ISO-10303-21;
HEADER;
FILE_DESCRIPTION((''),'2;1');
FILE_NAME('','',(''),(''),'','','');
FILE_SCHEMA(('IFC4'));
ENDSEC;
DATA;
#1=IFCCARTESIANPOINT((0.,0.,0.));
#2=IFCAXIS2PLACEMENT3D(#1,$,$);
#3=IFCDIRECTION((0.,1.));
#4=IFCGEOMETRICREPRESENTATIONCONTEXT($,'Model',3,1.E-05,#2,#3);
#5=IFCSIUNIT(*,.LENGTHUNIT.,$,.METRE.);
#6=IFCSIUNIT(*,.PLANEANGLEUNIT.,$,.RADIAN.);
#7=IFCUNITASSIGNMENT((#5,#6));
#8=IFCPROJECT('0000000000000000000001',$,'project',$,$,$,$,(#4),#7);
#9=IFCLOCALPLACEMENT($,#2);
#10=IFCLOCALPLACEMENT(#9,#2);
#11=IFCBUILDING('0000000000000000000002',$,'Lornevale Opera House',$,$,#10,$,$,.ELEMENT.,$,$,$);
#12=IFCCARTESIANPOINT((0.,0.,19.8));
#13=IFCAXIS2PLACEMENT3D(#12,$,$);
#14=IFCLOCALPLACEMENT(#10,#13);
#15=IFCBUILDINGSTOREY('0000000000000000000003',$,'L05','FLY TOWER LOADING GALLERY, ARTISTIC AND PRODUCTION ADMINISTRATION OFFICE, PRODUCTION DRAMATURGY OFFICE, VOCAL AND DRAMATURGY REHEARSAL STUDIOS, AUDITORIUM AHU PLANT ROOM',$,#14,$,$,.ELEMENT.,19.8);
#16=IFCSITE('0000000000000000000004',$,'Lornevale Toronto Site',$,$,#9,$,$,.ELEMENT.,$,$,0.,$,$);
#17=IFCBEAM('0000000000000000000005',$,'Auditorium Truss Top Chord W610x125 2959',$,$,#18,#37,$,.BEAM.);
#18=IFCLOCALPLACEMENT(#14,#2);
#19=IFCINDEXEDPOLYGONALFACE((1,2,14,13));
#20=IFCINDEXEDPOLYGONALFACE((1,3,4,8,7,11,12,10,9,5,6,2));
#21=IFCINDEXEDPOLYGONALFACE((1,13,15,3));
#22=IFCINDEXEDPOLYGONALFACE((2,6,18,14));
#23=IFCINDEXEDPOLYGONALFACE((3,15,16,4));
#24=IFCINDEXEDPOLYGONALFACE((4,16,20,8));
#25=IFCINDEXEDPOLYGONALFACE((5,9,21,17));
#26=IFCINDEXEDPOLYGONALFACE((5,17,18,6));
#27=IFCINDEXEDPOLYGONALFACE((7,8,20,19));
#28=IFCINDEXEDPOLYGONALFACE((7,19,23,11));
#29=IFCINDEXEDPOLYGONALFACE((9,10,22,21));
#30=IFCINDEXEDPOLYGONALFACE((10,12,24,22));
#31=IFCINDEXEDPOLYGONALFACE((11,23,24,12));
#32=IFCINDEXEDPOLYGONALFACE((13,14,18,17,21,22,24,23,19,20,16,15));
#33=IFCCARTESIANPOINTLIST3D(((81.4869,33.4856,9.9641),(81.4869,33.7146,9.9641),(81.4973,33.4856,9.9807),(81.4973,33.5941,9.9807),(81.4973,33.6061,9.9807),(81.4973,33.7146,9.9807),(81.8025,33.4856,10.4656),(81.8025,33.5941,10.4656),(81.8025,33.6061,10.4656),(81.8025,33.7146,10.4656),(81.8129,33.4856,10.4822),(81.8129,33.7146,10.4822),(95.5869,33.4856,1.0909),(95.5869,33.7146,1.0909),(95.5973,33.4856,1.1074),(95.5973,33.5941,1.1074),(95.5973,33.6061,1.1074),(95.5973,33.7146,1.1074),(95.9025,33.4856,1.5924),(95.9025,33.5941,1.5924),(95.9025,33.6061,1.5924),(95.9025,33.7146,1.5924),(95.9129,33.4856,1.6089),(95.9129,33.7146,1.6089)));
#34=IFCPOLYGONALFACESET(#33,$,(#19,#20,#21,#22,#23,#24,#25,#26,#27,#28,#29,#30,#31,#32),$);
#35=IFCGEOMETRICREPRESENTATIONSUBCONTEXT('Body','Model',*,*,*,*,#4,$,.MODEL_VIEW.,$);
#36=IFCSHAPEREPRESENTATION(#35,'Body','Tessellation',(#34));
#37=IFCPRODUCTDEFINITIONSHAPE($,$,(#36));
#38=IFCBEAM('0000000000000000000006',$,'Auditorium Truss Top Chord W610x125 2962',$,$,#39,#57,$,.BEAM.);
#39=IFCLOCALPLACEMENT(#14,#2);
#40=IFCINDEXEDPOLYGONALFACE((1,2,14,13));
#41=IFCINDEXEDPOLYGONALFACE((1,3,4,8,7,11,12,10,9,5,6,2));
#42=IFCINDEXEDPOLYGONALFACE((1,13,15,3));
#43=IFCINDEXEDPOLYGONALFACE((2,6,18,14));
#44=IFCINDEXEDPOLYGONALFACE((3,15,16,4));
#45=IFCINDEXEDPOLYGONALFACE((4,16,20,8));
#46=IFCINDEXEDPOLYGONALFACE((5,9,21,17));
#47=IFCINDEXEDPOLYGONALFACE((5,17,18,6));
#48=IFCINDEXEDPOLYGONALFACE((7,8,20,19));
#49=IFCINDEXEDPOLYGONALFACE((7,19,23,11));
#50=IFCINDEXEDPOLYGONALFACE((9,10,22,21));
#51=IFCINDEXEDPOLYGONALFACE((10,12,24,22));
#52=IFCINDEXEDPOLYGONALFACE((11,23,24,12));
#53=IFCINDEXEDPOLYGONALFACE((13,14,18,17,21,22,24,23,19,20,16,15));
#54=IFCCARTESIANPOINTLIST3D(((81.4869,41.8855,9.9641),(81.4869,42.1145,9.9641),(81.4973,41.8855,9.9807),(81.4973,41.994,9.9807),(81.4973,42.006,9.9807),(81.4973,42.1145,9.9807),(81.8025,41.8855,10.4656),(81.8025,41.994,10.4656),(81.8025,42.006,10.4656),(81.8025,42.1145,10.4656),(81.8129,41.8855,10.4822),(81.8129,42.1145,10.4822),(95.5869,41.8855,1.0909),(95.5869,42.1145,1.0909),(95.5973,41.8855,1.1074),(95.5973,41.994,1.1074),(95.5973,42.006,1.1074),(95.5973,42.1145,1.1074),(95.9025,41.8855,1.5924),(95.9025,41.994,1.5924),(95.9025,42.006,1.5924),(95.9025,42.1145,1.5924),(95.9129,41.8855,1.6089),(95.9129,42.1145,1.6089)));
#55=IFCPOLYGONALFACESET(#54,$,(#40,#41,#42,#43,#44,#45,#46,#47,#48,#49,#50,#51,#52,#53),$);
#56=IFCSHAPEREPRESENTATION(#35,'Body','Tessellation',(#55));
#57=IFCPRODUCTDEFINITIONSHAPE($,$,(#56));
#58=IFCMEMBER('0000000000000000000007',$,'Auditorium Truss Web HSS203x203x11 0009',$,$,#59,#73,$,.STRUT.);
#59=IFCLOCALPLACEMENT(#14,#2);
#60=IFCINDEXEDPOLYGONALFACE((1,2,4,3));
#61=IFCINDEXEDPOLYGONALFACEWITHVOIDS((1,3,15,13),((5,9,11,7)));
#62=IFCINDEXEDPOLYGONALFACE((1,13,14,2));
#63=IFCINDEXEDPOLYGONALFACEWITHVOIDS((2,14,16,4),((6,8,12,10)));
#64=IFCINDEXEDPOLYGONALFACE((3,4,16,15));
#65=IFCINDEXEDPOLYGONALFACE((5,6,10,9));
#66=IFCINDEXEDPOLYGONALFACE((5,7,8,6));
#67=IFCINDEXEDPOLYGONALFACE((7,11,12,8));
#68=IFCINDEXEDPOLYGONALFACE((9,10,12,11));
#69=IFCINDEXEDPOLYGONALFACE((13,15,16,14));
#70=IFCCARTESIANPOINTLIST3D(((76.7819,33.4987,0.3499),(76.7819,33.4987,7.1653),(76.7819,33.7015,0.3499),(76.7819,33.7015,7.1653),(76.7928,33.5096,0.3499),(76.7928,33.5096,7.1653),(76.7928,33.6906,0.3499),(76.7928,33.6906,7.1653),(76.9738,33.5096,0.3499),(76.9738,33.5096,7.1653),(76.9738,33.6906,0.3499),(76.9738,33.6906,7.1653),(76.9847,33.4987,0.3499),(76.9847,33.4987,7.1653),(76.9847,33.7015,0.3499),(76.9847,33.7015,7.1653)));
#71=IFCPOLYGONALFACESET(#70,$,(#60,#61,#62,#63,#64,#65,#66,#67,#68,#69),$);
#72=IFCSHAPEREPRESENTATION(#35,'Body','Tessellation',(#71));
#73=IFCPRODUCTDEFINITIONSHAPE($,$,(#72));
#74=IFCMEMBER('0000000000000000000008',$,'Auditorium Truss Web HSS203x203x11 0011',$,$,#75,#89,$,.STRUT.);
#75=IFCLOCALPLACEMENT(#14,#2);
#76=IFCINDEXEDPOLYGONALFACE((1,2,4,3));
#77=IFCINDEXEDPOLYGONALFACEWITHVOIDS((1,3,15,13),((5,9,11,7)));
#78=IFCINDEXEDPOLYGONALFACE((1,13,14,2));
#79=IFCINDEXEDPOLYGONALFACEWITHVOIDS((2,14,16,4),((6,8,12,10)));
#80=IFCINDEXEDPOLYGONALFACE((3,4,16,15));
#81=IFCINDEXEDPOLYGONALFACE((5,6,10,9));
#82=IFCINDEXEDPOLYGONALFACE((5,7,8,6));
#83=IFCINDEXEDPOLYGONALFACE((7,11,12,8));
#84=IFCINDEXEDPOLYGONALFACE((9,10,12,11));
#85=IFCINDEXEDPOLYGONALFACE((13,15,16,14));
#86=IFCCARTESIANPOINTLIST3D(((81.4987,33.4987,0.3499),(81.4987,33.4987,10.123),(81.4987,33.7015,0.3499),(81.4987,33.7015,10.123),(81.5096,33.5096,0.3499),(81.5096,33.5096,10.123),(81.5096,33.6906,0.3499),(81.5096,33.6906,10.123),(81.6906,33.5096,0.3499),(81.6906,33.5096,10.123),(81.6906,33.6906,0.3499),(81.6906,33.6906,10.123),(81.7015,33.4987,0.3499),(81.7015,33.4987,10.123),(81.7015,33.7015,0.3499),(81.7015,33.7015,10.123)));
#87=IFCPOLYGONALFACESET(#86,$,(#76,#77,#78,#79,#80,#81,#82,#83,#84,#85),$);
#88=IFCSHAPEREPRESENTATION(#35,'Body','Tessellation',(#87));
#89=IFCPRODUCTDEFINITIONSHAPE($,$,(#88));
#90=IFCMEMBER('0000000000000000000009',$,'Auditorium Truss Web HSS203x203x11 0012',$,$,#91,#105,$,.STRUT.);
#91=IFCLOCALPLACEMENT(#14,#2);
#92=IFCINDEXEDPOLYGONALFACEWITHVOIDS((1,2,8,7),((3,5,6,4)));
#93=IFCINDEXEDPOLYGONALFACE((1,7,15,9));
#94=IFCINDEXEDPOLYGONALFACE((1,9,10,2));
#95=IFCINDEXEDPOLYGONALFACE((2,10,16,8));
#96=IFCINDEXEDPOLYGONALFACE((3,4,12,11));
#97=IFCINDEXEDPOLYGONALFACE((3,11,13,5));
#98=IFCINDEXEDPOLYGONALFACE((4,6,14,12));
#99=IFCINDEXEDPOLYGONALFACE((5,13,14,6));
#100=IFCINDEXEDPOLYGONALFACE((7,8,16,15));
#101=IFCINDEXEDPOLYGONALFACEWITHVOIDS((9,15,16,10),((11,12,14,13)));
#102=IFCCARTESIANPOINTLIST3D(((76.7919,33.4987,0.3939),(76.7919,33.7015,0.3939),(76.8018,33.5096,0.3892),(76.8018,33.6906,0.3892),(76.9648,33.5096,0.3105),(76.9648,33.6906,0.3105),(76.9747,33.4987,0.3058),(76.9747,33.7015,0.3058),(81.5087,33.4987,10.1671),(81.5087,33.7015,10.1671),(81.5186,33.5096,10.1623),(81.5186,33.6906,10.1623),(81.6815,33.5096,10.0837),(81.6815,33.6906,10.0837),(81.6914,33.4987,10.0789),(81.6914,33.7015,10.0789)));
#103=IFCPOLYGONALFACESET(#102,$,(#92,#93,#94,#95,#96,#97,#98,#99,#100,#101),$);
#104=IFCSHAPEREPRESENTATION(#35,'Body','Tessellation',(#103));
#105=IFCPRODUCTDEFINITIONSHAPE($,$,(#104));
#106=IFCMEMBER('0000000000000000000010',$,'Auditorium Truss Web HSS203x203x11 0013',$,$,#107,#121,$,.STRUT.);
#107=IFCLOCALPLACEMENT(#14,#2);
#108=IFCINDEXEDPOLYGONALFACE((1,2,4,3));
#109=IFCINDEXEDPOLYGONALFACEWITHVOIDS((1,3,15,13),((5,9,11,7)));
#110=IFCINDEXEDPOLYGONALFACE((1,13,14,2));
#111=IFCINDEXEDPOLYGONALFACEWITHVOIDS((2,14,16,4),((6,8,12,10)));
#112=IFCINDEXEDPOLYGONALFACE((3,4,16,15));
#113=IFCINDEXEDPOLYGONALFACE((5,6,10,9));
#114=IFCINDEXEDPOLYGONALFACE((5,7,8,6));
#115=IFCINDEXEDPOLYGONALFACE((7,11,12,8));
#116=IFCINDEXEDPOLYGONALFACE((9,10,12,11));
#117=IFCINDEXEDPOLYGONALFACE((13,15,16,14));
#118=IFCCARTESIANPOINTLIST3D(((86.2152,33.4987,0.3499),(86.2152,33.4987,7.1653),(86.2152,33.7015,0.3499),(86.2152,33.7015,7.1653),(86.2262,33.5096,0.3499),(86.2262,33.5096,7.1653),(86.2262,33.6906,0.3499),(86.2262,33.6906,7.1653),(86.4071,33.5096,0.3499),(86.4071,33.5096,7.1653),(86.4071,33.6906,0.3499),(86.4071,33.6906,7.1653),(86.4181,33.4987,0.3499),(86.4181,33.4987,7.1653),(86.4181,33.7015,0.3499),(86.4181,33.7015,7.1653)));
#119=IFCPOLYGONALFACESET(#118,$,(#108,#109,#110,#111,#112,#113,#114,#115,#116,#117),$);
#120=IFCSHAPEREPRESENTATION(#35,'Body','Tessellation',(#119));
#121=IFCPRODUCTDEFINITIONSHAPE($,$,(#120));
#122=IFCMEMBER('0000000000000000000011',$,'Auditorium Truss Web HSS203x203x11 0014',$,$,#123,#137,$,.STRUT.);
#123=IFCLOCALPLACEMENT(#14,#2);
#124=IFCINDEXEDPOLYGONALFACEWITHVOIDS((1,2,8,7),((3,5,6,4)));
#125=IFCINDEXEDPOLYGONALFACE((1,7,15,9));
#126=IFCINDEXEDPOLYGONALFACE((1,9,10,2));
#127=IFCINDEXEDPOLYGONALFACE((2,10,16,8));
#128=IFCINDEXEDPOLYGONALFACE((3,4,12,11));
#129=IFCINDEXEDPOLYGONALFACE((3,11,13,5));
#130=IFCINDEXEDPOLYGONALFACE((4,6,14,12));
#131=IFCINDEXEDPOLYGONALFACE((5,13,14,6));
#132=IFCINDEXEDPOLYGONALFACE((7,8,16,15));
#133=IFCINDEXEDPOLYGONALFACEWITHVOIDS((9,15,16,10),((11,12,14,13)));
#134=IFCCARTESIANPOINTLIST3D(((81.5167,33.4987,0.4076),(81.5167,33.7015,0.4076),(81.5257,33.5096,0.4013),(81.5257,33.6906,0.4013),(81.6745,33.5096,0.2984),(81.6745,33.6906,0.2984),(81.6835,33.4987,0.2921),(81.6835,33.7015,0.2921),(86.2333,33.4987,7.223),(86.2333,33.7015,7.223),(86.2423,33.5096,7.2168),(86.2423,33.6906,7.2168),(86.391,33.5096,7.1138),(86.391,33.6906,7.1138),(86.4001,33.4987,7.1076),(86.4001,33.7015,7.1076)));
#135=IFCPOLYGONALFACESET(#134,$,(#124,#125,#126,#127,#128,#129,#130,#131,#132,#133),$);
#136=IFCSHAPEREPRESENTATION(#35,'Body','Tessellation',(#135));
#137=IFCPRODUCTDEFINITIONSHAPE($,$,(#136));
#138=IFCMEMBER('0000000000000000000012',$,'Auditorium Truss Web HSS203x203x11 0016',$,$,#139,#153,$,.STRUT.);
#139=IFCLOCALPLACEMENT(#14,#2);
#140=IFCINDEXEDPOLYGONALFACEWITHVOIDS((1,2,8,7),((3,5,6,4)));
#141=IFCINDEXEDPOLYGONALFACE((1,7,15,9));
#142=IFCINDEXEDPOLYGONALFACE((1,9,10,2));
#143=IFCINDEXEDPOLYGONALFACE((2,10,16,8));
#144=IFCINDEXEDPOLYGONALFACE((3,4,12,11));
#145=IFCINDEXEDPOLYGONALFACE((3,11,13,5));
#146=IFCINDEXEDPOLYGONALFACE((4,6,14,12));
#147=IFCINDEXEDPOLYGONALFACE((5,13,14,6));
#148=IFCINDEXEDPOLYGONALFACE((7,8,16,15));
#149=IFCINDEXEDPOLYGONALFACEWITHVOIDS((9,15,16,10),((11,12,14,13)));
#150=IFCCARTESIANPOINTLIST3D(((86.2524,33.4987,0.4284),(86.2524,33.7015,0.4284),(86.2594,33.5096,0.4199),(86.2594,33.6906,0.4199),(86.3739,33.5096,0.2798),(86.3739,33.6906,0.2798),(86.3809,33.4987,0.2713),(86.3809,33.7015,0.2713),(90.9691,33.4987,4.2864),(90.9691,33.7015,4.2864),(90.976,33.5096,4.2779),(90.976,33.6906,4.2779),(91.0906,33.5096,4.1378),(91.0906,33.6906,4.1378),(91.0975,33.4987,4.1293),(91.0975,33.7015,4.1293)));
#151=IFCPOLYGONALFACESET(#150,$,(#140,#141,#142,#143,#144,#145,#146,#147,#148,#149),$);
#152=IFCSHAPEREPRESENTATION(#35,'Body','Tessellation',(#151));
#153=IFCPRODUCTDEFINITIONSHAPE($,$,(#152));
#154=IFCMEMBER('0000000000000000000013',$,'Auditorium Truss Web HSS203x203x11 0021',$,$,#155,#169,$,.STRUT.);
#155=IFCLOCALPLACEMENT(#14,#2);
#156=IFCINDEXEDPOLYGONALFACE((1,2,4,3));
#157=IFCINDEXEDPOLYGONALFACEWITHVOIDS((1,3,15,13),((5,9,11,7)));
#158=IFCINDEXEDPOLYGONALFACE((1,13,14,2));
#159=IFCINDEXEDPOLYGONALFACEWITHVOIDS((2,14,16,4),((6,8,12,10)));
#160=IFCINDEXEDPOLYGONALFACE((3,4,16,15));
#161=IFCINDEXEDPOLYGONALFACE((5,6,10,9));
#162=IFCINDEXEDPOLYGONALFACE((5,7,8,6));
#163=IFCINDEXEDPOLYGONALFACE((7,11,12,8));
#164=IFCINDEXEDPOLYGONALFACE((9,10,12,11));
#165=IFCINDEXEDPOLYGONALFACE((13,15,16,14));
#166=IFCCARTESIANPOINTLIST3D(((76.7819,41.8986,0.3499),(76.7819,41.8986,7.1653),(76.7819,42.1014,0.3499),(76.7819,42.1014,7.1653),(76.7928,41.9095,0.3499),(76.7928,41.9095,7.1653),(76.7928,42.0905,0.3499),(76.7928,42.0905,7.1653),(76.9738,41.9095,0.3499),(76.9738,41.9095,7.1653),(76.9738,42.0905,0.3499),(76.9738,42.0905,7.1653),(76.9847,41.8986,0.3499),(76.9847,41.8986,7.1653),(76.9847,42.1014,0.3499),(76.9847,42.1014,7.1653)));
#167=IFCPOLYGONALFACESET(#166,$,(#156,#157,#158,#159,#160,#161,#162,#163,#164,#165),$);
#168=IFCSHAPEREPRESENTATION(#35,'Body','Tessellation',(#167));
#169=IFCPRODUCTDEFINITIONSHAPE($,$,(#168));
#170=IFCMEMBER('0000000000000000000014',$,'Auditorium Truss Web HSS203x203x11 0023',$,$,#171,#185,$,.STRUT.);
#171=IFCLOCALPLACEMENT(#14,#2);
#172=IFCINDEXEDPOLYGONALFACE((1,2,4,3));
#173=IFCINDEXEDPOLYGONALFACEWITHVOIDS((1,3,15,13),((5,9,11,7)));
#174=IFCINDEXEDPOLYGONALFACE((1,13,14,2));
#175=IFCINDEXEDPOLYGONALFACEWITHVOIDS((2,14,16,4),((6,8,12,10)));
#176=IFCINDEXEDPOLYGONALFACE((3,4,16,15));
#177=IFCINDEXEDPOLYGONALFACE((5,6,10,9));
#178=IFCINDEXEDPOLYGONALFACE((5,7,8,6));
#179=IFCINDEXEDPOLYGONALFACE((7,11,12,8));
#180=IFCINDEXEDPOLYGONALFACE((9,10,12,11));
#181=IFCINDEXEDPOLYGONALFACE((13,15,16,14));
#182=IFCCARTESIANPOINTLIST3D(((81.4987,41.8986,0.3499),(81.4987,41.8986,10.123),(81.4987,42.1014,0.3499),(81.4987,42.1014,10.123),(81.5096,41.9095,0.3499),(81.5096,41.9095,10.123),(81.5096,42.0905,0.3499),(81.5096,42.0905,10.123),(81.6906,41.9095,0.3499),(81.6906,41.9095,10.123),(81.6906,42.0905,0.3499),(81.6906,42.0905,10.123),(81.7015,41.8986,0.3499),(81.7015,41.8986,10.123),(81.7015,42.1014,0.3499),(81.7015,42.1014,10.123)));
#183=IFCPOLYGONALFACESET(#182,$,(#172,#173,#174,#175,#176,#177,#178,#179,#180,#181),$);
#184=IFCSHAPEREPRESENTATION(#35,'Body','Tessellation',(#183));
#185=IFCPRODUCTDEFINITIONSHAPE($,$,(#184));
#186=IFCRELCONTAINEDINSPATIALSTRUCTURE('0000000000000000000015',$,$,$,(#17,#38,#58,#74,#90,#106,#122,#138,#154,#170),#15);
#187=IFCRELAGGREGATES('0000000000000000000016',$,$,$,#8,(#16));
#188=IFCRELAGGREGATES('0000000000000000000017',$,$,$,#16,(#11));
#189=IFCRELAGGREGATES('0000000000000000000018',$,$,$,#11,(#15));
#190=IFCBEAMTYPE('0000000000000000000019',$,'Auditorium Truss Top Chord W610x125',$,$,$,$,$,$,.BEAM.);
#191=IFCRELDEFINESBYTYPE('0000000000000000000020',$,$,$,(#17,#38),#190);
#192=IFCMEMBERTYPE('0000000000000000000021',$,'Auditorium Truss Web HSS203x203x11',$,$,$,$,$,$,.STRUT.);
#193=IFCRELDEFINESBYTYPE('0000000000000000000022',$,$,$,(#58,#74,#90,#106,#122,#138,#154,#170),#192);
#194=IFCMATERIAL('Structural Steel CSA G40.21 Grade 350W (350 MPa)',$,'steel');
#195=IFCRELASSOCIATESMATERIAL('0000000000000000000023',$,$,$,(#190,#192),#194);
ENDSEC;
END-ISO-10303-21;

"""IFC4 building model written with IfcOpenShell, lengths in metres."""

from ifc_helpers import new_model, si_unit, direction, frame, origin, origin_2d, place, context, subcontext, project, spatial, hollow_rectangle, i_section, extrude, material, material_profile, profile_set, type_object, element, save


model = new_model("IFC4")

# Units and contexts
model_context = context("Model", 3, precision=1e-05, world=origin(), true_north=direction((0.0, 1.0)))
body_context = subcontext(model_context, "Body", "Model", "MODEL_VIEW")
ifc_project = project(units=[si_unit("LENGTHUNIT", "METRE"), si_unit("PLANEANGLEUNIT", "RADIAN")], contexts=[model_context])

# Site, building, storey
site_placement = place(None, origin())
site = spatial("IfcSite", under=ifc_project, at=site_placement, Name="Lornevale Toronto Site", CompositionType="ELEMENT", RefElevation=0.0)
building_placement = place(site_placement, origin())
building = spatial("IfcBuilding", under=site, at=building_placement, Name="Lornevale Opera House", CompositionType="ELEMENT")
storey_placement = place(building_placement, frame((0.0, 0.0, 19.8)))
storey = spatial("IfcBuildingStorey", under=building, at=storey_placement, Name="L05", Description="FLY TOWER LOADING GALLERY, ARTISTIC AND PRODUCTION ADMINISTRATION OFFICE, PRODUCTION DRAMATURGY OFFICE, VOCAL AND DRAMATURGY REHEARSAL STUDIOS, AUDITORIUM AHU PLANT ROOM", CompositionType="ELEMENT", Elevation=19.8)

# Beams
ifc_material_1 = material(Name="Structural Steel CSA G40.21 Grade 350W (350 MPa)", Category="steel")
ifc_material_profile_1 = material_profile(ifc_material_1, i_section(OverallWidth=0.229, OverallDepth=0.6121, WebThickness=0.012, FlangeThickness=0.0195, at=origin_2d()), Name="W610x125")
ifc_profile_set_1 = profile_set([ifc_material_profile_1], Name="Structural Steel CSA G40.21 Grade 350W (350 MPa)")
beam_type_1 = type_object("IfcBeamType", Name="Auditorium Truss Top Chord W610x125", PredefinedType="BEAM", material=ifc_profile_set_1)
for number, where, z_axis, x_axis, name in (
    (1, (81.6499, 33.6001, 10.2231), (0.846356, 0.0, -0.532618), (0.0, 1.0, 0.0), "Auditorium Truss Top Chord W610x125 2959"),
    (2, (81.6499, 42.0, 10.2231), (0.846356, 0.0, -0.532618), (0.0, 1.0, 0.0), "Auditorium Truss Top Chord W610x125 2962"),
):
    element("IfcBeam", number, at=place(storey_placement, frame(where, z_axis=z_axis, x_axis=x_axis)), inside=storey, type_object=beam_type_1, Name=name, PredefinedType="BEAM", context=body_context, shape_type="SweptSolid", body=[
        extrude(i_section(OverallWidth=0.229, OverallDepth=0.6121, WebThickness=0.012, FlangeThickness=0.0195, at=origin_2d()), origin(), (0.0, 0.0, 1.0), 16.6597),
    ])

# Members
ifc_material_profile_2 = material_profile(ifc_material_1, hollow_rectangle(XDim=0.2029, YDim=0.2029, WallThickness=0.011, at=origin_2d()), Name="HSS203x203x11")
ifc_profile_set_2 = profile_set([ifc_material_profile_2], Name="Structural Steel CSA G40.21 Grade 350W (350 MPa)")
member_type_1 = type_object("IfcMemberType", Name="Auditorium Truss Web HSS203x203x11", PredefinedType="STRUT", material=ifc_profile_set_2)
member_1_placement = place(storey_placement, frame((76.8833, 33.6001, 0.3499), z_axis=(0.0, 0.0, 1.0), x_axis=(1.0, 0.0, 0.0)))
element("IfcMember", 3, at=member_1_placement, inside=storey, type_object=member_type_1, Name="Auditorium Truss Web HSS203x203x11 0009", PredefinedType="STRUT", context=body_context, shape_type="SweptSolid", body=[
    extrude(hollow_rectangle(XDim=0.2029, YDim=0.2029, WallThickness=0.011, at=origin_2d()), origin(), (0.0, 0.0, 1.0), 6.8154),
])
member_2_placement = place(storey_placement, frame((81.6001, 33.6001, 0.3499), z_axis=(0.0, 0.0, 1.0), x_axis=(1.0, 0.0, 0.0)))
element("IfcMember", 4, at=member_2_placement, inside=storey, type_object=member_type_1, Name="Auditorium Truss Web HSS203x203x11 0011", PredefinedType="STRUT", context=body_context, shape_type="SweptSolid", body=[
    extrude(hollow_rectangle(XDim=0.2029, YDim=0.2029, WallThickness=0.011, at=origin_2d()), origin(), (0.0, 0.0, 1.0), 9.7732),
])
member_3_placement = place(storey_placement, frame((76.8833, 33.6001, 0.3499), z_axis=(0.434652, 0.0, 0.900598), x_axis=(0.0, 1.0, 0.0)))
element("IfcMember", 5, at=member_3_placement, inside=storey, type_object=member_type_1, Name="Auditorium Truss Web HSS203x203x11 0012", PredefinedType="STRUT", context=body_context, shape_type="SweptSolid", body=[
    extrude(hollow_rectangle(XDim=0.2029, YDim=0.2029, WallThickness=0.011, at=origin_2d()), origin(), (0.0, 0.0, 1.0), 10.8518),
])
member_4_placement = place(storey_placement, frame((86.3167, 33.6001, 0.3499), z_axis=(0.0, 0.0, 1.0), x_axis=(1.0, 0.0, 0.0)))
element("IfcMember", 6, at=member_4_placement, inside=storey, type_object=member_type_1, Name="Auditorium Truss Web HSS203x203x11 0013", PredefinedType="STRUT", context=body_context, shape_type="SweptSolid", body=[
    extrude(hollow_rectangle(XDim=0.2029, YDim=0.2029, WallThickness=0.011, at=origin_2d()), origin(), (0.0, 0.0, 1.0), 6.8154),
])
member_5_placement = place(storey_placement, frame((81.6001, 33.6001, 0.3499), z_axis=(0.569061, 0.0, 0.822295), x_axis=(0.0, 1.0, 0.0)))
element("IfcMember", 7, at=member_5_placement, inside=storey, type_object=member_type_1, Name="Auditorium Truss Web HSS203x203x11 0014", PredefinedType="STRUT", context=body_context, shape_type="SweptSolid", body=[
    extrude(hollow_rectangle(XDim=0.2029, YDim=0.2029, WallThickness=0.011, at=origin_2d()), origin(), (0.0, 0.0, 1.0), 8.2883),
])
member_6_placement = place(storey_placement, frame((86.3167, 33.6001, 0.3499), z_axis=(0.774045, 0.0, 0.633131), x_axis=(0.0, 1.0, 0.0)))
element("IfcMember", 8, at=member_6_placement, inside=storey, type_object=member_type_1, Name="Auditorium Truss Web HSS203x203x11 0016", PredefinedType="STRUT", context=body_context, shape_type="SweptSolid", body=[
    extrude(hollow_rectangle(XDim=0.2029, YDim=0.2029, WallThickness=0.011, at=origin_2d()), origin(), (0.0, 0.0, 1.0), 6.0935),
])
member_7_placement = place(storey_placement, frame((76.8833, 42.0, 0.3499), z_axis=(0.0, 0.0, 1.0), x_axis=(1.0, 0.0, 0.0)))
element("IfcMember", 9, at=member_7_placement, inside=storey, type_object=member_type_1, Name="Auditorium Truss Web HSS203x203x11 0021", PredefinedType="STRUT", context=body_context, shape_type="SweptSolid", body=[
    extrude(hollow_rectangle(XDim=0.2029, YDim=0.2029, WallThickness=0.011, at=origin_2d()), origin(), (0.0, 0.0, 1.0), 6.8154),
])
member_8_placement = place(storey_placement, frame((81.6001, 42.0, 0.3499), z_axis=(0.0, 0.0, 1.0), x_axis=(1.0, 0.0, 0.0)))
element("IfcMember", 10, at=member_8_placement, inside=storey, type_object=member_type_1, Name="Auditorium Truss Web HSS203x203x11 0023", PredefinedType="STRUT", context=body_context, shape_type="SweptSolid", body=[
    extrude(hollow_rectangle(XDim=0.2029, YDim=0.2029, WallThickness=0.011, at=origin_2d()), origin(), (0.0, 0.0, 1.0), 9.7732),
])

save(model, "model.ifc")
